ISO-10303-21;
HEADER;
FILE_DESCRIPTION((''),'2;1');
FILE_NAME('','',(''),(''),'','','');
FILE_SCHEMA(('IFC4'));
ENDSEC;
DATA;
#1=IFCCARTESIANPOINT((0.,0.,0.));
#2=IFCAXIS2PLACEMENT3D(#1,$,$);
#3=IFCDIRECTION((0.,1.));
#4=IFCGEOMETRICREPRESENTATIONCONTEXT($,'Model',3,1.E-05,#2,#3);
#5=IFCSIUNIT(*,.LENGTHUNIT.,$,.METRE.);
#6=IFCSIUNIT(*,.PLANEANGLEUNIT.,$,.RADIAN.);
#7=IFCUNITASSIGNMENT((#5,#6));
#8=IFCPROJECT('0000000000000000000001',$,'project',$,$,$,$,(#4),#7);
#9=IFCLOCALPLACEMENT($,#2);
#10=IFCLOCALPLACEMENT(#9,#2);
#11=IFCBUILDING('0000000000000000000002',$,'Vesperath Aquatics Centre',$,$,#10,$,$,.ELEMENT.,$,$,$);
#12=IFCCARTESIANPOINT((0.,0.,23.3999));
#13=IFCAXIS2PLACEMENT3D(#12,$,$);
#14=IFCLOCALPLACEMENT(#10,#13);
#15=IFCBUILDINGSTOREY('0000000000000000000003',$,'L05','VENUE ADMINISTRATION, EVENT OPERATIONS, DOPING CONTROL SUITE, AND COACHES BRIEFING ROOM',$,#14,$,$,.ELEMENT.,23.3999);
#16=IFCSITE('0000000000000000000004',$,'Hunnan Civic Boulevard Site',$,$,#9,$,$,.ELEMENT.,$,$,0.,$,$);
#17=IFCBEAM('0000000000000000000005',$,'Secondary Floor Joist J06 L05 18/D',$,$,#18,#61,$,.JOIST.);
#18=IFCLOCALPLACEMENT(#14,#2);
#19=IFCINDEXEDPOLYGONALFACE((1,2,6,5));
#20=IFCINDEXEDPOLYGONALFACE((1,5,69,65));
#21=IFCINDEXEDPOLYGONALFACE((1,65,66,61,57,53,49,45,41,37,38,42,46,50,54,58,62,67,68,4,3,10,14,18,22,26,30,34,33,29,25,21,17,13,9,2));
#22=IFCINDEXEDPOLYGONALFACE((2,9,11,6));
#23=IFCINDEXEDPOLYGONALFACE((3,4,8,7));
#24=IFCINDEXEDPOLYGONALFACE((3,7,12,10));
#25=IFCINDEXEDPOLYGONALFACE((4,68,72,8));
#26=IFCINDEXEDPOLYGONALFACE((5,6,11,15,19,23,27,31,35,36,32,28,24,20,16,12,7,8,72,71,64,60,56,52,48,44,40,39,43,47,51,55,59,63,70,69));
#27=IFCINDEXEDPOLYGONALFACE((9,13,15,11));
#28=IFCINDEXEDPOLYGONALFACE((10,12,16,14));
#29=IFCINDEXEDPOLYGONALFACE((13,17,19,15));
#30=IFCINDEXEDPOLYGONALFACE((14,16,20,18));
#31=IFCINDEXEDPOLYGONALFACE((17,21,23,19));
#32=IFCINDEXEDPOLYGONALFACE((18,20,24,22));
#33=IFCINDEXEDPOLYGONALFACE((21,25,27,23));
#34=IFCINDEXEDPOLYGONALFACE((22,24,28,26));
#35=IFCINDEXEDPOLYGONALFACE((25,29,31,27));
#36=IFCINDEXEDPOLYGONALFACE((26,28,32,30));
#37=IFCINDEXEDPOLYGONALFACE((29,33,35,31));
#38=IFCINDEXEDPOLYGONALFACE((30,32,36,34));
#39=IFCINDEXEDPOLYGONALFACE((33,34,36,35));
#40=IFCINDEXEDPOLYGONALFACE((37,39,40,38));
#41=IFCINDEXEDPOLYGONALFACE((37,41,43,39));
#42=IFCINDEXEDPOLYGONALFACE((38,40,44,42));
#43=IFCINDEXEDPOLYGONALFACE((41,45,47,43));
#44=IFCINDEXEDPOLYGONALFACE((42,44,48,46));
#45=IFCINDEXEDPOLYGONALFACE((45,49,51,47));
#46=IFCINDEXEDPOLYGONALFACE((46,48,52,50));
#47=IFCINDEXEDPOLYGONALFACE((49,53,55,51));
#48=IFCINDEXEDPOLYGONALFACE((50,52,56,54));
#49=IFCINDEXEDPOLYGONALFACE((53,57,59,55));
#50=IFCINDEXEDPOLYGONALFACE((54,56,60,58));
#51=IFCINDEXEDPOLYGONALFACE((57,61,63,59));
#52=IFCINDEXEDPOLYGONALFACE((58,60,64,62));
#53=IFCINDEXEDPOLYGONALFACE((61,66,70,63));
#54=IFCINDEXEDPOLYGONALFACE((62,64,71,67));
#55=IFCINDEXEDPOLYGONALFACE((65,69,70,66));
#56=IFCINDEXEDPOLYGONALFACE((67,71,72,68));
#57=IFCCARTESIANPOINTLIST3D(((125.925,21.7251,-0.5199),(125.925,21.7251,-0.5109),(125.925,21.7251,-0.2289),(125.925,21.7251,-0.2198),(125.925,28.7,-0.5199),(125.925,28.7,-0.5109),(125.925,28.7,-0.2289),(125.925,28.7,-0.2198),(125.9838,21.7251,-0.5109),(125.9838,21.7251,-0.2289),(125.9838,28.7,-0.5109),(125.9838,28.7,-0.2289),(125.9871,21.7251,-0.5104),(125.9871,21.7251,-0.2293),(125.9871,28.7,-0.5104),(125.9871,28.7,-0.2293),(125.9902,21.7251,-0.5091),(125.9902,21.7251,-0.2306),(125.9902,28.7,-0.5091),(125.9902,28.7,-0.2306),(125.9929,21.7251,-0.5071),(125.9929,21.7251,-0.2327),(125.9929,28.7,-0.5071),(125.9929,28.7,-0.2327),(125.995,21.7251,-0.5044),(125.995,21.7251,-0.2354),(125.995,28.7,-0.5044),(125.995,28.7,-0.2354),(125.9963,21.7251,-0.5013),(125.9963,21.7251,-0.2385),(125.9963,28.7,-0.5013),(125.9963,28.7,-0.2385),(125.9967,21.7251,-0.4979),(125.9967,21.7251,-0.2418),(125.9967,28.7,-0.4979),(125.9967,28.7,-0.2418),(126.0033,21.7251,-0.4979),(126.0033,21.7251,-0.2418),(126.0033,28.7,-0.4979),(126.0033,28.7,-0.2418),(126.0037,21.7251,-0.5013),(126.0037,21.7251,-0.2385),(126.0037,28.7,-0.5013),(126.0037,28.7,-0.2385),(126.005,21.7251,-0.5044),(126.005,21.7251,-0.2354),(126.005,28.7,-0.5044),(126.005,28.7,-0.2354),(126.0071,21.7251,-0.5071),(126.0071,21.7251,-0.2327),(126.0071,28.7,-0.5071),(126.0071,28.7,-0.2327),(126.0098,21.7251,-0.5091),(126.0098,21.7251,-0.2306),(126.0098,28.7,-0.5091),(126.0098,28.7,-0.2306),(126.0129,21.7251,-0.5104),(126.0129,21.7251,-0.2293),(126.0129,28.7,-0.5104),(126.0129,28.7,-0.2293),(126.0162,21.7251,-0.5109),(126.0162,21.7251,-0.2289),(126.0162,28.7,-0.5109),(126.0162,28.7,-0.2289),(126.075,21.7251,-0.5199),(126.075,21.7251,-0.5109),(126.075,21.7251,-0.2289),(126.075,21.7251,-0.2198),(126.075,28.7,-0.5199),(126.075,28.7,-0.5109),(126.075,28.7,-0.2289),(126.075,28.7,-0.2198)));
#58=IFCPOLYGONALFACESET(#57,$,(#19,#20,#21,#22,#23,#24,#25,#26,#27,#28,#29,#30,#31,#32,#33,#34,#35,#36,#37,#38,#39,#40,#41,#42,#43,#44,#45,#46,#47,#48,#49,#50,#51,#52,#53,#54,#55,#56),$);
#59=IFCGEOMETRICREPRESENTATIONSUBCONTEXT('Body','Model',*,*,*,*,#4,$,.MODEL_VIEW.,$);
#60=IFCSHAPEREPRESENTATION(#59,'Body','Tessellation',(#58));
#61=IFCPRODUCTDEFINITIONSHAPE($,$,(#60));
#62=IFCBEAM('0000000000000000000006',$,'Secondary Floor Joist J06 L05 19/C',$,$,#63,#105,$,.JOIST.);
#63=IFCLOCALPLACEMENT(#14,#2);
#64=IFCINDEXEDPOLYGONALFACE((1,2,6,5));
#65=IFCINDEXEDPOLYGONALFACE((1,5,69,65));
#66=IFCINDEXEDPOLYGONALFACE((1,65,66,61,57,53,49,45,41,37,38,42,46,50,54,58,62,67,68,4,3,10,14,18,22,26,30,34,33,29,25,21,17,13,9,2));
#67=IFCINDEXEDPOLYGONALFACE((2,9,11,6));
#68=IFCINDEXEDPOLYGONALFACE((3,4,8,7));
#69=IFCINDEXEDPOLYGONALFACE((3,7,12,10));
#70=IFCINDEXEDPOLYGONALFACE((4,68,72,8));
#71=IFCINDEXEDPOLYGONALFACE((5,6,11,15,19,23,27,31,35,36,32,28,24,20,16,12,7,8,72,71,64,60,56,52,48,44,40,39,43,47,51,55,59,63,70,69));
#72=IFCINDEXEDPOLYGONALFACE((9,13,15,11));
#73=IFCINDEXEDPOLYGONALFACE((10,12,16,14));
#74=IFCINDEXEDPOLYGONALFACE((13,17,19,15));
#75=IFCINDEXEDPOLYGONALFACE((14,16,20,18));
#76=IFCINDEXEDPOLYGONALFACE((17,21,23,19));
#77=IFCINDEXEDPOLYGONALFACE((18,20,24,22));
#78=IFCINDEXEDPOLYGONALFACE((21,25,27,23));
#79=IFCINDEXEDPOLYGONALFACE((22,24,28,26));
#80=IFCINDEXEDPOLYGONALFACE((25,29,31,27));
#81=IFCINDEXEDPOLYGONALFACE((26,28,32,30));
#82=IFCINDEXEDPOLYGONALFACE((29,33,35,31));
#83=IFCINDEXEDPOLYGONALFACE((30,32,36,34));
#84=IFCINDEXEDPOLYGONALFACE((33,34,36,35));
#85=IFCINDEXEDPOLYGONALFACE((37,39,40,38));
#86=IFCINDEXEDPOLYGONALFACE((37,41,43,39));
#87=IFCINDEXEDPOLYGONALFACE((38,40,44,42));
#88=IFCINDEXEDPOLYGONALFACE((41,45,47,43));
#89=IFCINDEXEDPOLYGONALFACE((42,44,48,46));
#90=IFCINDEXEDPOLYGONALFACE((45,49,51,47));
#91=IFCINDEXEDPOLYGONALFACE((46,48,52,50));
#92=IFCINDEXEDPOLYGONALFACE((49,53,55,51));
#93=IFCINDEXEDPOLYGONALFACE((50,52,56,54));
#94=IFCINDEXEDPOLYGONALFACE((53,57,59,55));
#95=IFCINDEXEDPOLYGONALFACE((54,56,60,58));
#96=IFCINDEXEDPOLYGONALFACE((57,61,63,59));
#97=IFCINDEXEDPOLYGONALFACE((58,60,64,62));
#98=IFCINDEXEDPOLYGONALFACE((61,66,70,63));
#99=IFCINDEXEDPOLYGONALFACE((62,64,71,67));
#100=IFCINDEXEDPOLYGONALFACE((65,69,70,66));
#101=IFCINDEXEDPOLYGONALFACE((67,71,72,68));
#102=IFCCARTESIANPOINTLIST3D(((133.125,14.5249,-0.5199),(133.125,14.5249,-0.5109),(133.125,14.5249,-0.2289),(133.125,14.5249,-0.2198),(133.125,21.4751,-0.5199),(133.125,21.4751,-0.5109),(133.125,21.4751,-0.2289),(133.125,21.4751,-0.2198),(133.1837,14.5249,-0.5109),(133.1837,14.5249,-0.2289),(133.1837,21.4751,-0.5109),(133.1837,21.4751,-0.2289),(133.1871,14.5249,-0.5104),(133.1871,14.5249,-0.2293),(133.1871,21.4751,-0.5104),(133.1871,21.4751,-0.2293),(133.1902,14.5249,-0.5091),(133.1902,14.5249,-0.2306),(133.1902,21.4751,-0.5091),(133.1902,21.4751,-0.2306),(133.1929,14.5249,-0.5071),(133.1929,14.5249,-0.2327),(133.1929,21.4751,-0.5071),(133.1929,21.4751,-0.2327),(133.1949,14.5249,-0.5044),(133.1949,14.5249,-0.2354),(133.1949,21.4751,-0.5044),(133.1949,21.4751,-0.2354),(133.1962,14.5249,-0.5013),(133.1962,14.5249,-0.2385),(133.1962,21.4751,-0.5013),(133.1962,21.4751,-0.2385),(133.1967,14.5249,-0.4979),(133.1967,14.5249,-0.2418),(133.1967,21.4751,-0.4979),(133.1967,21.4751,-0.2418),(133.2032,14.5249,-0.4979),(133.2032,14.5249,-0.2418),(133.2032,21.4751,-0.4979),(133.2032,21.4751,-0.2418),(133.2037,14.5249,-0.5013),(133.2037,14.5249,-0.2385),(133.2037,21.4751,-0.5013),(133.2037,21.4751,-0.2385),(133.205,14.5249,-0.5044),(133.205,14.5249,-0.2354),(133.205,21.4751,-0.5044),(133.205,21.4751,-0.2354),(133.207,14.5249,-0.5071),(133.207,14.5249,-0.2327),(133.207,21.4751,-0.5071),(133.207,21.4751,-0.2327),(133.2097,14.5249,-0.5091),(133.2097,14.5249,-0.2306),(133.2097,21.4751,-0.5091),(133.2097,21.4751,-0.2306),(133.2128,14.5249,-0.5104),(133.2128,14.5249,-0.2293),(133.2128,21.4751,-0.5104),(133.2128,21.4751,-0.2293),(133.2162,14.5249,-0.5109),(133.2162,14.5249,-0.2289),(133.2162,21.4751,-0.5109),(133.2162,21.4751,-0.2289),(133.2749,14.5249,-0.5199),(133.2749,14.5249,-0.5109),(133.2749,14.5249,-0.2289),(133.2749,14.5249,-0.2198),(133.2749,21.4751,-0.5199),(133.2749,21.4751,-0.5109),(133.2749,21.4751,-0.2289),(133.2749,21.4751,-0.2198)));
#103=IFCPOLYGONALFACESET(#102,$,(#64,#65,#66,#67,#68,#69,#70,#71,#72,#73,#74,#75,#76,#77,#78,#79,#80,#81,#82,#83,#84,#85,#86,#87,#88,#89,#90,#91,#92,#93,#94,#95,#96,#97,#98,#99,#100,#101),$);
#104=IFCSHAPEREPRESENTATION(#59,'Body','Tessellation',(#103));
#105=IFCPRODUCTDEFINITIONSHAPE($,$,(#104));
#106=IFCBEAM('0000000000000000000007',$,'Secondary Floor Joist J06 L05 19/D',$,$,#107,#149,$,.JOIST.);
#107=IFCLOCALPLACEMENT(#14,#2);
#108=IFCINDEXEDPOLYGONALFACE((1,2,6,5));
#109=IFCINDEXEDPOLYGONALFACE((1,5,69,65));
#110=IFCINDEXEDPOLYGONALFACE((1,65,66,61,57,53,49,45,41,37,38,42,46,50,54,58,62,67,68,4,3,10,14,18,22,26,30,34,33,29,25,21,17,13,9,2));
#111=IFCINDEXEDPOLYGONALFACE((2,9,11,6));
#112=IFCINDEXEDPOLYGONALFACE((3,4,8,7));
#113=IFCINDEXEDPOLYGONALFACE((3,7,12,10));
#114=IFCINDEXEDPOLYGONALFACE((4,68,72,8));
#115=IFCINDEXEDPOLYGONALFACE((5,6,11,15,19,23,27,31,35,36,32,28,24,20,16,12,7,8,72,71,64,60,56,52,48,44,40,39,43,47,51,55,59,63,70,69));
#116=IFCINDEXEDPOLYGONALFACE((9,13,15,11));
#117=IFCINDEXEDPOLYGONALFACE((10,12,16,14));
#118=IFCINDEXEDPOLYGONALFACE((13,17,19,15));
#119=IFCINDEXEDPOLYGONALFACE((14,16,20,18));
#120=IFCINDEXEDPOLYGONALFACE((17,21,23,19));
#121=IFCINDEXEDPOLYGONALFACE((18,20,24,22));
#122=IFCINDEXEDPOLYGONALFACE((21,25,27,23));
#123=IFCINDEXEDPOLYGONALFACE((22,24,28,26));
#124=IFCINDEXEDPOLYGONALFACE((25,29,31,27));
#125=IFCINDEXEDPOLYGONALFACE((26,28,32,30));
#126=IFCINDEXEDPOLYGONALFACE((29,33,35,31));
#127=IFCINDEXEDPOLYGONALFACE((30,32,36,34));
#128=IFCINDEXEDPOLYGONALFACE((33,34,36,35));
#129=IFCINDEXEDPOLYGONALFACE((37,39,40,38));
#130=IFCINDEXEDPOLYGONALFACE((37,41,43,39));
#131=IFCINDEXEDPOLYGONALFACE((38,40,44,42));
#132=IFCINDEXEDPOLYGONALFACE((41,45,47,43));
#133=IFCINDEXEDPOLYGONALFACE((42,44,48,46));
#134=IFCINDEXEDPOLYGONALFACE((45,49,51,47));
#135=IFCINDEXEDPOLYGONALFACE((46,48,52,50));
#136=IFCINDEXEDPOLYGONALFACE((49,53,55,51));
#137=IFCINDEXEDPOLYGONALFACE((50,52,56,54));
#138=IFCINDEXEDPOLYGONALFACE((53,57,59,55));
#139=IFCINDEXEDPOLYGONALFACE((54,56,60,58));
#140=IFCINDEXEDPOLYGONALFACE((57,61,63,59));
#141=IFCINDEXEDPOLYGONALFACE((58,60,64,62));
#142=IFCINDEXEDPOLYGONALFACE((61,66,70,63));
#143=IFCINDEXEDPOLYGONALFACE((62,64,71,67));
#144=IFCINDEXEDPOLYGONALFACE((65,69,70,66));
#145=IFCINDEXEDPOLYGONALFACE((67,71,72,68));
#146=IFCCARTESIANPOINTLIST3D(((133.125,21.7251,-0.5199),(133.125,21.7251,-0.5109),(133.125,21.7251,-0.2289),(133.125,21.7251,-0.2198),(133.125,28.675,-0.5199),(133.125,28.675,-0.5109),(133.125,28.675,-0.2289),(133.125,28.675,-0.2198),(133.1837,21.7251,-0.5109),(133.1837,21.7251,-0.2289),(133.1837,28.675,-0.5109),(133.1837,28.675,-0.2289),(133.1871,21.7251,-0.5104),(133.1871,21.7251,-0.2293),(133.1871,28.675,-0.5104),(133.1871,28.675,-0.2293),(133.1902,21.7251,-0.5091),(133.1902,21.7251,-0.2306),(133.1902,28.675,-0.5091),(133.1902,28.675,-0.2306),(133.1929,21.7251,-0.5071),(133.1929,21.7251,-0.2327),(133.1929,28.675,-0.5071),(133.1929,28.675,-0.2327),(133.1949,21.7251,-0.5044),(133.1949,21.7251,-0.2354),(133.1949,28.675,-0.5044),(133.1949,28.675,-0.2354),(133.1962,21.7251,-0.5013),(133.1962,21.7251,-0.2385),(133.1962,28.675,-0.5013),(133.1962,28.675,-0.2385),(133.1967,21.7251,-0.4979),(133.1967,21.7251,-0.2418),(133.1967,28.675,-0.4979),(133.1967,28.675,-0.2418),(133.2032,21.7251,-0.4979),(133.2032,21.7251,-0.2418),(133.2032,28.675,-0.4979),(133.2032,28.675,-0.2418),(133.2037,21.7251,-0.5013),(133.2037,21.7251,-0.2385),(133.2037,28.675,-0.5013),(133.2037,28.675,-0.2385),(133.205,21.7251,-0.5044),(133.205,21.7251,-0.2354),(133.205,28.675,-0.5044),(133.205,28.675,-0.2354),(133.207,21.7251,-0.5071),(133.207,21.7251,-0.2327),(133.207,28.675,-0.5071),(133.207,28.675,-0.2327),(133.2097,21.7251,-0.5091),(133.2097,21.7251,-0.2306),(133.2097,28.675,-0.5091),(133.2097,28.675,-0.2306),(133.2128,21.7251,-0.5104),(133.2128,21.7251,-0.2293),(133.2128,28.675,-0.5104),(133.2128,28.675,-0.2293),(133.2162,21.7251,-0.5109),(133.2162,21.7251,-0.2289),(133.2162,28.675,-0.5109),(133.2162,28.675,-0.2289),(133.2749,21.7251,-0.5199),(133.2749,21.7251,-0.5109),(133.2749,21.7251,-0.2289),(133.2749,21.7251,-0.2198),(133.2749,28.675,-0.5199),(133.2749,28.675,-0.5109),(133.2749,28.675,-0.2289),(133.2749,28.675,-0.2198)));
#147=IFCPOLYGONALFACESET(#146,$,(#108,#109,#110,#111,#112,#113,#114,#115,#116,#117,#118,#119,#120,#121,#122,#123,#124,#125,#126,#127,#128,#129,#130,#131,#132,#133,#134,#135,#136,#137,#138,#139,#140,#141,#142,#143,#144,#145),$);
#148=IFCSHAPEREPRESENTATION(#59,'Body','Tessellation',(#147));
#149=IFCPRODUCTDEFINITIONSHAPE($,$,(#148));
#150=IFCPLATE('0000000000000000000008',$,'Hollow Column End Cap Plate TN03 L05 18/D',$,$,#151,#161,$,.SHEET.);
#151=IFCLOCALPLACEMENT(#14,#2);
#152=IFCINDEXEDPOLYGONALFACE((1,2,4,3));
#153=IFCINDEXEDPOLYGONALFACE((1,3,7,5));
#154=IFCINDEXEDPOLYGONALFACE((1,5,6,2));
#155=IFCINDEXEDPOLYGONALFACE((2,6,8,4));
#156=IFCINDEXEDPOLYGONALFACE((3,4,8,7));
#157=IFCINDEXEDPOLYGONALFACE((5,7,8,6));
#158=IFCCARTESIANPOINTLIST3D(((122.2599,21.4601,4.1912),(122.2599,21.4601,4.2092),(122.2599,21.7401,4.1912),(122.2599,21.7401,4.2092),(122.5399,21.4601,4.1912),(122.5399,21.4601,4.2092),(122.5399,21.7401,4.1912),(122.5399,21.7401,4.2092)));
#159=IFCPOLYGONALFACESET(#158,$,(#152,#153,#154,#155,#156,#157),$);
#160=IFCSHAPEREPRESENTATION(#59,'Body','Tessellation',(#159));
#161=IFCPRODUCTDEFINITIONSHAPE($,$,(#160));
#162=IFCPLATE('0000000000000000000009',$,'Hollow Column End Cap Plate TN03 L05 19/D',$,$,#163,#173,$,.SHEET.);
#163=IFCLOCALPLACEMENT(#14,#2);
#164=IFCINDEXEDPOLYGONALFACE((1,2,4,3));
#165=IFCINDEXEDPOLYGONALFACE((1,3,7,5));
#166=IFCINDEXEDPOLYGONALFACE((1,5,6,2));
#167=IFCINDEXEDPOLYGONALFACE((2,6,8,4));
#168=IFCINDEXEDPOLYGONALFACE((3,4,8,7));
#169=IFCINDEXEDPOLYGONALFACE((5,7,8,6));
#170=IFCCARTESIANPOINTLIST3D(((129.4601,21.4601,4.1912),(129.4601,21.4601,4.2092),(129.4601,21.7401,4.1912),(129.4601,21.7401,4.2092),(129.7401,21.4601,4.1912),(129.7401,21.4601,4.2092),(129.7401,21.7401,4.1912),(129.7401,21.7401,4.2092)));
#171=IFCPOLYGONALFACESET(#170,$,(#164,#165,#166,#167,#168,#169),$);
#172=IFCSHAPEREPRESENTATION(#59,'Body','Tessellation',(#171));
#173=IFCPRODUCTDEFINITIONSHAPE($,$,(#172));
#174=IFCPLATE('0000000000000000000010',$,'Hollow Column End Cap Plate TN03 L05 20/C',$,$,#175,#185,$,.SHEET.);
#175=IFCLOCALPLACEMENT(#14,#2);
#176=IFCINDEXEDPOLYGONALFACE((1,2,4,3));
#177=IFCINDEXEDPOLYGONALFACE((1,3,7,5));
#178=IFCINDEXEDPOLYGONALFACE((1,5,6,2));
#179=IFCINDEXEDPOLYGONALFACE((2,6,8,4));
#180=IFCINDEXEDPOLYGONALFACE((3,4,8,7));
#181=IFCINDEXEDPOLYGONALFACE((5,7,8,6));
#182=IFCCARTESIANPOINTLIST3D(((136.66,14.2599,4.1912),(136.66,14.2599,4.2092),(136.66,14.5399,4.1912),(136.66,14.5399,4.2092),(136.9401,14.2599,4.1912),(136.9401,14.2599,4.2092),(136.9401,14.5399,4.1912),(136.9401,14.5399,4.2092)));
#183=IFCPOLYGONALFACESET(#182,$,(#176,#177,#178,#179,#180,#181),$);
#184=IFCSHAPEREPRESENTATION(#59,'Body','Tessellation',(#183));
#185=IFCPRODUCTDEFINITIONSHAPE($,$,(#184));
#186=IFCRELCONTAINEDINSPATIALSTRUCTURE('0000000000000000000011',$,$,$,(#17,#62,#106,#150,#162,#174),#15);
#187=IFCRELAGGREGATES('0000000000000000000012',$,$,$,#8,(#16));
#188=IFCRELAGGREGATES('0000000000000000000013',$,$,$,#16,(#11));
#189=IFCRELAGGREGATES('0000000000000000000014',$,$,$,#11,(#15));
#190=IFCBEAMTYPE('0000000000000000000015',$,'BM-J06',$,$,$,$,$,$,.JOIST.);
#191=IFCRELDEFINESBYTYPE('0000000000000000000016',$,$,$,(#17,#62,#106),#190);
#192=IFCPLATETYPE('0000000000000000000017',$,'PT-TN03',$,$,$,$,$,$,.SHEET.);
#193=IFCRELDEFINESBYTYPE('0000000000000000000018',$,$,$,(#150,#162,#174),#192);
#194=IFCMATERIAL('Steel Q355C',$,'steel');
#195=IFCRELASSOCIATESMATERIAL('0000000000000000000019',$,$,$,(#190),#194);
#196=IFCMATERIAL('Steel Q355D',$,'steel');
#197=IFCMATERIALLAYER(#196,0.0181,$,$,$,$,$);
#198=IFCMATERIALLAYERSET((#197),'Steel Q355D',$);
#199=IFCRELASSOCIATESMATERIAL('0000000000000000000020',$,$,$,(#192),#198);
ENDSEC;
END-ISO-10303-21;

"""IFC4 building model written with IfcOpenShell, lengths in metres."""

from ifc_helpers import new_model, si_unit, direction, frame, origin, origin_2d, place, context, subcontext, project, spatial, rectangle, i_section, extrude, material, layer, layer_set, material_profile, profile_set, type_object, element, save


model = new_model("IFC4")

# Units and contexts
model_context = context("Model", 3, precision=1e-05, world=origin(), true_north=direction((0.0, 1.0)))
body_context = subcontext(model_context, "Body", "Model", "MODEL_VIEW")
ifc_project = project(units=[si_unit("LENGTHUNIT", "METRE"), si_unit("PLANEANGLEUNIT", "RADIAN")], contexts=[model_context])

# Site, building, storey
site_placement = place(None, origin())
site = spatial("IfcSite", under=ifc_project, at=site_placement, Name="Hunnan Civic Boulevard Site", CompositionType="ELEMENT", RefElevation=0.0)
building_placement = place(site_placement, origin())
building = spatial("IfcBuilding", under=site, at=building_placement, Name="Vesperath Aquatics Centre", CompositionType="ELEMENT")
storey_placement = place(building_placement, frame((0.0, 0.0, 23.3999)))
storey = spatial("IfcBuildingStorey", under=building, at=storey_placement, Name="L05", Description="VENUE ADMINISTRATION, EVENT OPERATIONS, DOPING CONTROL SUITE, AND COACHES BRIEFING ROOM", CompositionType="ELEMENT", Elevation=23.3999)

# Shared definitions
ifc_material_1 = material(Name="Steel Q355C", Category="steel")

# Beams
ifc_material_profile_1 = material_profile(ifc_material_1, i_section(OverallWidth=0.1499, OverallDepth=0.3, WebThickness=0.0066, FlangeThickness=0.009, FilletRadius=0.0129, at=origin_2d()), Name="HN 300x150x6.5x9")
ifc_profile_set_1 = profile_set([ifc_material_profile_1], Name="Steel Q355C")
beam_type_1 = type_object("IfcBeamType", Name="BM-J06", PredefinedType="JOIST", material=ifc_profile_set_1)
beam_1_placement = place(storey_placement, frame((126.0, 21.7251, -0.3699), z_axis=(0.0, 1.0, 0.0), x_axis=(-1.0, 0.0, 0.0)))
element("IfcBeam", 1, at=beam_1_placement, inside=storey, type_object=beam_type_1, Name="Secondary Floor Joist J06 L05 18/D", PredefinedType="JOIST", context=body_context, shape_type="SweptSolid", body=[
    extrude(i_section(OverallWidth=0.1499, OverallDepth=0.3, WebThickness=0.0066, FlangeThickness=0.009, FilletRadius=0.0129, at=origin_2d()), origin(), (0.0, 0.0, 1.0), 6.9749),
])
beam_2_placement = place(storey_placement, frame((133.2, 14.5249, -0.3699), z_axis=(0.0, 1.0, 0.0), x_axis=(-1.0, 0.0, 0.0)))
element("IfcBeam", 2, at=beam_2_placement, inside=storey, type_object=beam_type_1, Name="Secondary Floor Joist J06 L05 19/C", PredefinedType="JOIST", context=body_context, shape_type="SweptSolid", body=[
    extrude(i_section(OverallWidth=0.1499, OverallDepth=0.3, WebThickness=0.0066, FlangeThickness=0.009, FilletRadius=0.0129, at=origin_2d()), origin(), (0.0, 0.0, 1.0), 6.9502),
])
beam_3_placement = place(storey_placement, frame((133.2, 21.7251, -0.3699), z_axis=(0.0, 1.0, 0.0), x_axis=(-1.0, 0.0, 0.0)))
element("IfcBeam", 3, at=beam_3_placement, inside=storey, type_object=beam_type_1, Name="Secondary Floor Joist J06 L05 19/D", PredefinedType="JOIST", context=body_context, shape_type="SweptSolid", body=[
    extrude(i_section(OverallWidth=0.1499, OverallDepth=0.3, WebThickness=0.0066, FlangeThickness=0.009, FilletRadius=0.0129, at=origin_2d()), origin(), (0.0, 0.0, 1.0), 6.95),
])

# Plates
ifc_material_2 = material(Name="Steel Q355D", Category="steel")
ifc_layer_1 = layer(ifc_material_2, 0.0181)
ifc_layer_set_1 = layer_set([ifc_layer_1], Name="Steel Q355D")
plate_type = type_object("IfcPlateType", Name="PT-TN03", PredefinedType="SHEET", material=ifc_layer_set_1)
for number, where, z_axis, x_axis, name in (
    (4, (122.3999, 21.6001, 4.1912), (0.0, 0.0, 1.0), (1.0, 0.0, 0.0), "Hollow Column End Cap Plate TN03 L05 18/D"),
    (5, (129.6001, 21.6001, 4.1912), (0.0, 0.0, 1.0), (1.0, 0.0, 0.0), "Hollow Column End Cap Plate TN03 L05 19/D"),
    (6, (136.8, 14.3999, 4.1912), (0.0, 0.0, 1.0), (1.0, 0.0, 0.0), "Hollow Column End Cap Plate TN03 L05 20/C"),
):
    element("IfcPlate", number, at=place(storey_placement, frame(where, z_axis=z_axis, x_axis=x_axis)), inside=storey, type_object=plate_type, Name=name, PredefinedType="SHEET", context=body_context, shape_type="SweptSolid", body=[
        extrude(rectangle(XDim=0.28, YDim=0.28, at=origin_2d()), origin(), (0.0, 0.0, 1.0), 0.0181),
    ])

save(model, "model.ifc")
